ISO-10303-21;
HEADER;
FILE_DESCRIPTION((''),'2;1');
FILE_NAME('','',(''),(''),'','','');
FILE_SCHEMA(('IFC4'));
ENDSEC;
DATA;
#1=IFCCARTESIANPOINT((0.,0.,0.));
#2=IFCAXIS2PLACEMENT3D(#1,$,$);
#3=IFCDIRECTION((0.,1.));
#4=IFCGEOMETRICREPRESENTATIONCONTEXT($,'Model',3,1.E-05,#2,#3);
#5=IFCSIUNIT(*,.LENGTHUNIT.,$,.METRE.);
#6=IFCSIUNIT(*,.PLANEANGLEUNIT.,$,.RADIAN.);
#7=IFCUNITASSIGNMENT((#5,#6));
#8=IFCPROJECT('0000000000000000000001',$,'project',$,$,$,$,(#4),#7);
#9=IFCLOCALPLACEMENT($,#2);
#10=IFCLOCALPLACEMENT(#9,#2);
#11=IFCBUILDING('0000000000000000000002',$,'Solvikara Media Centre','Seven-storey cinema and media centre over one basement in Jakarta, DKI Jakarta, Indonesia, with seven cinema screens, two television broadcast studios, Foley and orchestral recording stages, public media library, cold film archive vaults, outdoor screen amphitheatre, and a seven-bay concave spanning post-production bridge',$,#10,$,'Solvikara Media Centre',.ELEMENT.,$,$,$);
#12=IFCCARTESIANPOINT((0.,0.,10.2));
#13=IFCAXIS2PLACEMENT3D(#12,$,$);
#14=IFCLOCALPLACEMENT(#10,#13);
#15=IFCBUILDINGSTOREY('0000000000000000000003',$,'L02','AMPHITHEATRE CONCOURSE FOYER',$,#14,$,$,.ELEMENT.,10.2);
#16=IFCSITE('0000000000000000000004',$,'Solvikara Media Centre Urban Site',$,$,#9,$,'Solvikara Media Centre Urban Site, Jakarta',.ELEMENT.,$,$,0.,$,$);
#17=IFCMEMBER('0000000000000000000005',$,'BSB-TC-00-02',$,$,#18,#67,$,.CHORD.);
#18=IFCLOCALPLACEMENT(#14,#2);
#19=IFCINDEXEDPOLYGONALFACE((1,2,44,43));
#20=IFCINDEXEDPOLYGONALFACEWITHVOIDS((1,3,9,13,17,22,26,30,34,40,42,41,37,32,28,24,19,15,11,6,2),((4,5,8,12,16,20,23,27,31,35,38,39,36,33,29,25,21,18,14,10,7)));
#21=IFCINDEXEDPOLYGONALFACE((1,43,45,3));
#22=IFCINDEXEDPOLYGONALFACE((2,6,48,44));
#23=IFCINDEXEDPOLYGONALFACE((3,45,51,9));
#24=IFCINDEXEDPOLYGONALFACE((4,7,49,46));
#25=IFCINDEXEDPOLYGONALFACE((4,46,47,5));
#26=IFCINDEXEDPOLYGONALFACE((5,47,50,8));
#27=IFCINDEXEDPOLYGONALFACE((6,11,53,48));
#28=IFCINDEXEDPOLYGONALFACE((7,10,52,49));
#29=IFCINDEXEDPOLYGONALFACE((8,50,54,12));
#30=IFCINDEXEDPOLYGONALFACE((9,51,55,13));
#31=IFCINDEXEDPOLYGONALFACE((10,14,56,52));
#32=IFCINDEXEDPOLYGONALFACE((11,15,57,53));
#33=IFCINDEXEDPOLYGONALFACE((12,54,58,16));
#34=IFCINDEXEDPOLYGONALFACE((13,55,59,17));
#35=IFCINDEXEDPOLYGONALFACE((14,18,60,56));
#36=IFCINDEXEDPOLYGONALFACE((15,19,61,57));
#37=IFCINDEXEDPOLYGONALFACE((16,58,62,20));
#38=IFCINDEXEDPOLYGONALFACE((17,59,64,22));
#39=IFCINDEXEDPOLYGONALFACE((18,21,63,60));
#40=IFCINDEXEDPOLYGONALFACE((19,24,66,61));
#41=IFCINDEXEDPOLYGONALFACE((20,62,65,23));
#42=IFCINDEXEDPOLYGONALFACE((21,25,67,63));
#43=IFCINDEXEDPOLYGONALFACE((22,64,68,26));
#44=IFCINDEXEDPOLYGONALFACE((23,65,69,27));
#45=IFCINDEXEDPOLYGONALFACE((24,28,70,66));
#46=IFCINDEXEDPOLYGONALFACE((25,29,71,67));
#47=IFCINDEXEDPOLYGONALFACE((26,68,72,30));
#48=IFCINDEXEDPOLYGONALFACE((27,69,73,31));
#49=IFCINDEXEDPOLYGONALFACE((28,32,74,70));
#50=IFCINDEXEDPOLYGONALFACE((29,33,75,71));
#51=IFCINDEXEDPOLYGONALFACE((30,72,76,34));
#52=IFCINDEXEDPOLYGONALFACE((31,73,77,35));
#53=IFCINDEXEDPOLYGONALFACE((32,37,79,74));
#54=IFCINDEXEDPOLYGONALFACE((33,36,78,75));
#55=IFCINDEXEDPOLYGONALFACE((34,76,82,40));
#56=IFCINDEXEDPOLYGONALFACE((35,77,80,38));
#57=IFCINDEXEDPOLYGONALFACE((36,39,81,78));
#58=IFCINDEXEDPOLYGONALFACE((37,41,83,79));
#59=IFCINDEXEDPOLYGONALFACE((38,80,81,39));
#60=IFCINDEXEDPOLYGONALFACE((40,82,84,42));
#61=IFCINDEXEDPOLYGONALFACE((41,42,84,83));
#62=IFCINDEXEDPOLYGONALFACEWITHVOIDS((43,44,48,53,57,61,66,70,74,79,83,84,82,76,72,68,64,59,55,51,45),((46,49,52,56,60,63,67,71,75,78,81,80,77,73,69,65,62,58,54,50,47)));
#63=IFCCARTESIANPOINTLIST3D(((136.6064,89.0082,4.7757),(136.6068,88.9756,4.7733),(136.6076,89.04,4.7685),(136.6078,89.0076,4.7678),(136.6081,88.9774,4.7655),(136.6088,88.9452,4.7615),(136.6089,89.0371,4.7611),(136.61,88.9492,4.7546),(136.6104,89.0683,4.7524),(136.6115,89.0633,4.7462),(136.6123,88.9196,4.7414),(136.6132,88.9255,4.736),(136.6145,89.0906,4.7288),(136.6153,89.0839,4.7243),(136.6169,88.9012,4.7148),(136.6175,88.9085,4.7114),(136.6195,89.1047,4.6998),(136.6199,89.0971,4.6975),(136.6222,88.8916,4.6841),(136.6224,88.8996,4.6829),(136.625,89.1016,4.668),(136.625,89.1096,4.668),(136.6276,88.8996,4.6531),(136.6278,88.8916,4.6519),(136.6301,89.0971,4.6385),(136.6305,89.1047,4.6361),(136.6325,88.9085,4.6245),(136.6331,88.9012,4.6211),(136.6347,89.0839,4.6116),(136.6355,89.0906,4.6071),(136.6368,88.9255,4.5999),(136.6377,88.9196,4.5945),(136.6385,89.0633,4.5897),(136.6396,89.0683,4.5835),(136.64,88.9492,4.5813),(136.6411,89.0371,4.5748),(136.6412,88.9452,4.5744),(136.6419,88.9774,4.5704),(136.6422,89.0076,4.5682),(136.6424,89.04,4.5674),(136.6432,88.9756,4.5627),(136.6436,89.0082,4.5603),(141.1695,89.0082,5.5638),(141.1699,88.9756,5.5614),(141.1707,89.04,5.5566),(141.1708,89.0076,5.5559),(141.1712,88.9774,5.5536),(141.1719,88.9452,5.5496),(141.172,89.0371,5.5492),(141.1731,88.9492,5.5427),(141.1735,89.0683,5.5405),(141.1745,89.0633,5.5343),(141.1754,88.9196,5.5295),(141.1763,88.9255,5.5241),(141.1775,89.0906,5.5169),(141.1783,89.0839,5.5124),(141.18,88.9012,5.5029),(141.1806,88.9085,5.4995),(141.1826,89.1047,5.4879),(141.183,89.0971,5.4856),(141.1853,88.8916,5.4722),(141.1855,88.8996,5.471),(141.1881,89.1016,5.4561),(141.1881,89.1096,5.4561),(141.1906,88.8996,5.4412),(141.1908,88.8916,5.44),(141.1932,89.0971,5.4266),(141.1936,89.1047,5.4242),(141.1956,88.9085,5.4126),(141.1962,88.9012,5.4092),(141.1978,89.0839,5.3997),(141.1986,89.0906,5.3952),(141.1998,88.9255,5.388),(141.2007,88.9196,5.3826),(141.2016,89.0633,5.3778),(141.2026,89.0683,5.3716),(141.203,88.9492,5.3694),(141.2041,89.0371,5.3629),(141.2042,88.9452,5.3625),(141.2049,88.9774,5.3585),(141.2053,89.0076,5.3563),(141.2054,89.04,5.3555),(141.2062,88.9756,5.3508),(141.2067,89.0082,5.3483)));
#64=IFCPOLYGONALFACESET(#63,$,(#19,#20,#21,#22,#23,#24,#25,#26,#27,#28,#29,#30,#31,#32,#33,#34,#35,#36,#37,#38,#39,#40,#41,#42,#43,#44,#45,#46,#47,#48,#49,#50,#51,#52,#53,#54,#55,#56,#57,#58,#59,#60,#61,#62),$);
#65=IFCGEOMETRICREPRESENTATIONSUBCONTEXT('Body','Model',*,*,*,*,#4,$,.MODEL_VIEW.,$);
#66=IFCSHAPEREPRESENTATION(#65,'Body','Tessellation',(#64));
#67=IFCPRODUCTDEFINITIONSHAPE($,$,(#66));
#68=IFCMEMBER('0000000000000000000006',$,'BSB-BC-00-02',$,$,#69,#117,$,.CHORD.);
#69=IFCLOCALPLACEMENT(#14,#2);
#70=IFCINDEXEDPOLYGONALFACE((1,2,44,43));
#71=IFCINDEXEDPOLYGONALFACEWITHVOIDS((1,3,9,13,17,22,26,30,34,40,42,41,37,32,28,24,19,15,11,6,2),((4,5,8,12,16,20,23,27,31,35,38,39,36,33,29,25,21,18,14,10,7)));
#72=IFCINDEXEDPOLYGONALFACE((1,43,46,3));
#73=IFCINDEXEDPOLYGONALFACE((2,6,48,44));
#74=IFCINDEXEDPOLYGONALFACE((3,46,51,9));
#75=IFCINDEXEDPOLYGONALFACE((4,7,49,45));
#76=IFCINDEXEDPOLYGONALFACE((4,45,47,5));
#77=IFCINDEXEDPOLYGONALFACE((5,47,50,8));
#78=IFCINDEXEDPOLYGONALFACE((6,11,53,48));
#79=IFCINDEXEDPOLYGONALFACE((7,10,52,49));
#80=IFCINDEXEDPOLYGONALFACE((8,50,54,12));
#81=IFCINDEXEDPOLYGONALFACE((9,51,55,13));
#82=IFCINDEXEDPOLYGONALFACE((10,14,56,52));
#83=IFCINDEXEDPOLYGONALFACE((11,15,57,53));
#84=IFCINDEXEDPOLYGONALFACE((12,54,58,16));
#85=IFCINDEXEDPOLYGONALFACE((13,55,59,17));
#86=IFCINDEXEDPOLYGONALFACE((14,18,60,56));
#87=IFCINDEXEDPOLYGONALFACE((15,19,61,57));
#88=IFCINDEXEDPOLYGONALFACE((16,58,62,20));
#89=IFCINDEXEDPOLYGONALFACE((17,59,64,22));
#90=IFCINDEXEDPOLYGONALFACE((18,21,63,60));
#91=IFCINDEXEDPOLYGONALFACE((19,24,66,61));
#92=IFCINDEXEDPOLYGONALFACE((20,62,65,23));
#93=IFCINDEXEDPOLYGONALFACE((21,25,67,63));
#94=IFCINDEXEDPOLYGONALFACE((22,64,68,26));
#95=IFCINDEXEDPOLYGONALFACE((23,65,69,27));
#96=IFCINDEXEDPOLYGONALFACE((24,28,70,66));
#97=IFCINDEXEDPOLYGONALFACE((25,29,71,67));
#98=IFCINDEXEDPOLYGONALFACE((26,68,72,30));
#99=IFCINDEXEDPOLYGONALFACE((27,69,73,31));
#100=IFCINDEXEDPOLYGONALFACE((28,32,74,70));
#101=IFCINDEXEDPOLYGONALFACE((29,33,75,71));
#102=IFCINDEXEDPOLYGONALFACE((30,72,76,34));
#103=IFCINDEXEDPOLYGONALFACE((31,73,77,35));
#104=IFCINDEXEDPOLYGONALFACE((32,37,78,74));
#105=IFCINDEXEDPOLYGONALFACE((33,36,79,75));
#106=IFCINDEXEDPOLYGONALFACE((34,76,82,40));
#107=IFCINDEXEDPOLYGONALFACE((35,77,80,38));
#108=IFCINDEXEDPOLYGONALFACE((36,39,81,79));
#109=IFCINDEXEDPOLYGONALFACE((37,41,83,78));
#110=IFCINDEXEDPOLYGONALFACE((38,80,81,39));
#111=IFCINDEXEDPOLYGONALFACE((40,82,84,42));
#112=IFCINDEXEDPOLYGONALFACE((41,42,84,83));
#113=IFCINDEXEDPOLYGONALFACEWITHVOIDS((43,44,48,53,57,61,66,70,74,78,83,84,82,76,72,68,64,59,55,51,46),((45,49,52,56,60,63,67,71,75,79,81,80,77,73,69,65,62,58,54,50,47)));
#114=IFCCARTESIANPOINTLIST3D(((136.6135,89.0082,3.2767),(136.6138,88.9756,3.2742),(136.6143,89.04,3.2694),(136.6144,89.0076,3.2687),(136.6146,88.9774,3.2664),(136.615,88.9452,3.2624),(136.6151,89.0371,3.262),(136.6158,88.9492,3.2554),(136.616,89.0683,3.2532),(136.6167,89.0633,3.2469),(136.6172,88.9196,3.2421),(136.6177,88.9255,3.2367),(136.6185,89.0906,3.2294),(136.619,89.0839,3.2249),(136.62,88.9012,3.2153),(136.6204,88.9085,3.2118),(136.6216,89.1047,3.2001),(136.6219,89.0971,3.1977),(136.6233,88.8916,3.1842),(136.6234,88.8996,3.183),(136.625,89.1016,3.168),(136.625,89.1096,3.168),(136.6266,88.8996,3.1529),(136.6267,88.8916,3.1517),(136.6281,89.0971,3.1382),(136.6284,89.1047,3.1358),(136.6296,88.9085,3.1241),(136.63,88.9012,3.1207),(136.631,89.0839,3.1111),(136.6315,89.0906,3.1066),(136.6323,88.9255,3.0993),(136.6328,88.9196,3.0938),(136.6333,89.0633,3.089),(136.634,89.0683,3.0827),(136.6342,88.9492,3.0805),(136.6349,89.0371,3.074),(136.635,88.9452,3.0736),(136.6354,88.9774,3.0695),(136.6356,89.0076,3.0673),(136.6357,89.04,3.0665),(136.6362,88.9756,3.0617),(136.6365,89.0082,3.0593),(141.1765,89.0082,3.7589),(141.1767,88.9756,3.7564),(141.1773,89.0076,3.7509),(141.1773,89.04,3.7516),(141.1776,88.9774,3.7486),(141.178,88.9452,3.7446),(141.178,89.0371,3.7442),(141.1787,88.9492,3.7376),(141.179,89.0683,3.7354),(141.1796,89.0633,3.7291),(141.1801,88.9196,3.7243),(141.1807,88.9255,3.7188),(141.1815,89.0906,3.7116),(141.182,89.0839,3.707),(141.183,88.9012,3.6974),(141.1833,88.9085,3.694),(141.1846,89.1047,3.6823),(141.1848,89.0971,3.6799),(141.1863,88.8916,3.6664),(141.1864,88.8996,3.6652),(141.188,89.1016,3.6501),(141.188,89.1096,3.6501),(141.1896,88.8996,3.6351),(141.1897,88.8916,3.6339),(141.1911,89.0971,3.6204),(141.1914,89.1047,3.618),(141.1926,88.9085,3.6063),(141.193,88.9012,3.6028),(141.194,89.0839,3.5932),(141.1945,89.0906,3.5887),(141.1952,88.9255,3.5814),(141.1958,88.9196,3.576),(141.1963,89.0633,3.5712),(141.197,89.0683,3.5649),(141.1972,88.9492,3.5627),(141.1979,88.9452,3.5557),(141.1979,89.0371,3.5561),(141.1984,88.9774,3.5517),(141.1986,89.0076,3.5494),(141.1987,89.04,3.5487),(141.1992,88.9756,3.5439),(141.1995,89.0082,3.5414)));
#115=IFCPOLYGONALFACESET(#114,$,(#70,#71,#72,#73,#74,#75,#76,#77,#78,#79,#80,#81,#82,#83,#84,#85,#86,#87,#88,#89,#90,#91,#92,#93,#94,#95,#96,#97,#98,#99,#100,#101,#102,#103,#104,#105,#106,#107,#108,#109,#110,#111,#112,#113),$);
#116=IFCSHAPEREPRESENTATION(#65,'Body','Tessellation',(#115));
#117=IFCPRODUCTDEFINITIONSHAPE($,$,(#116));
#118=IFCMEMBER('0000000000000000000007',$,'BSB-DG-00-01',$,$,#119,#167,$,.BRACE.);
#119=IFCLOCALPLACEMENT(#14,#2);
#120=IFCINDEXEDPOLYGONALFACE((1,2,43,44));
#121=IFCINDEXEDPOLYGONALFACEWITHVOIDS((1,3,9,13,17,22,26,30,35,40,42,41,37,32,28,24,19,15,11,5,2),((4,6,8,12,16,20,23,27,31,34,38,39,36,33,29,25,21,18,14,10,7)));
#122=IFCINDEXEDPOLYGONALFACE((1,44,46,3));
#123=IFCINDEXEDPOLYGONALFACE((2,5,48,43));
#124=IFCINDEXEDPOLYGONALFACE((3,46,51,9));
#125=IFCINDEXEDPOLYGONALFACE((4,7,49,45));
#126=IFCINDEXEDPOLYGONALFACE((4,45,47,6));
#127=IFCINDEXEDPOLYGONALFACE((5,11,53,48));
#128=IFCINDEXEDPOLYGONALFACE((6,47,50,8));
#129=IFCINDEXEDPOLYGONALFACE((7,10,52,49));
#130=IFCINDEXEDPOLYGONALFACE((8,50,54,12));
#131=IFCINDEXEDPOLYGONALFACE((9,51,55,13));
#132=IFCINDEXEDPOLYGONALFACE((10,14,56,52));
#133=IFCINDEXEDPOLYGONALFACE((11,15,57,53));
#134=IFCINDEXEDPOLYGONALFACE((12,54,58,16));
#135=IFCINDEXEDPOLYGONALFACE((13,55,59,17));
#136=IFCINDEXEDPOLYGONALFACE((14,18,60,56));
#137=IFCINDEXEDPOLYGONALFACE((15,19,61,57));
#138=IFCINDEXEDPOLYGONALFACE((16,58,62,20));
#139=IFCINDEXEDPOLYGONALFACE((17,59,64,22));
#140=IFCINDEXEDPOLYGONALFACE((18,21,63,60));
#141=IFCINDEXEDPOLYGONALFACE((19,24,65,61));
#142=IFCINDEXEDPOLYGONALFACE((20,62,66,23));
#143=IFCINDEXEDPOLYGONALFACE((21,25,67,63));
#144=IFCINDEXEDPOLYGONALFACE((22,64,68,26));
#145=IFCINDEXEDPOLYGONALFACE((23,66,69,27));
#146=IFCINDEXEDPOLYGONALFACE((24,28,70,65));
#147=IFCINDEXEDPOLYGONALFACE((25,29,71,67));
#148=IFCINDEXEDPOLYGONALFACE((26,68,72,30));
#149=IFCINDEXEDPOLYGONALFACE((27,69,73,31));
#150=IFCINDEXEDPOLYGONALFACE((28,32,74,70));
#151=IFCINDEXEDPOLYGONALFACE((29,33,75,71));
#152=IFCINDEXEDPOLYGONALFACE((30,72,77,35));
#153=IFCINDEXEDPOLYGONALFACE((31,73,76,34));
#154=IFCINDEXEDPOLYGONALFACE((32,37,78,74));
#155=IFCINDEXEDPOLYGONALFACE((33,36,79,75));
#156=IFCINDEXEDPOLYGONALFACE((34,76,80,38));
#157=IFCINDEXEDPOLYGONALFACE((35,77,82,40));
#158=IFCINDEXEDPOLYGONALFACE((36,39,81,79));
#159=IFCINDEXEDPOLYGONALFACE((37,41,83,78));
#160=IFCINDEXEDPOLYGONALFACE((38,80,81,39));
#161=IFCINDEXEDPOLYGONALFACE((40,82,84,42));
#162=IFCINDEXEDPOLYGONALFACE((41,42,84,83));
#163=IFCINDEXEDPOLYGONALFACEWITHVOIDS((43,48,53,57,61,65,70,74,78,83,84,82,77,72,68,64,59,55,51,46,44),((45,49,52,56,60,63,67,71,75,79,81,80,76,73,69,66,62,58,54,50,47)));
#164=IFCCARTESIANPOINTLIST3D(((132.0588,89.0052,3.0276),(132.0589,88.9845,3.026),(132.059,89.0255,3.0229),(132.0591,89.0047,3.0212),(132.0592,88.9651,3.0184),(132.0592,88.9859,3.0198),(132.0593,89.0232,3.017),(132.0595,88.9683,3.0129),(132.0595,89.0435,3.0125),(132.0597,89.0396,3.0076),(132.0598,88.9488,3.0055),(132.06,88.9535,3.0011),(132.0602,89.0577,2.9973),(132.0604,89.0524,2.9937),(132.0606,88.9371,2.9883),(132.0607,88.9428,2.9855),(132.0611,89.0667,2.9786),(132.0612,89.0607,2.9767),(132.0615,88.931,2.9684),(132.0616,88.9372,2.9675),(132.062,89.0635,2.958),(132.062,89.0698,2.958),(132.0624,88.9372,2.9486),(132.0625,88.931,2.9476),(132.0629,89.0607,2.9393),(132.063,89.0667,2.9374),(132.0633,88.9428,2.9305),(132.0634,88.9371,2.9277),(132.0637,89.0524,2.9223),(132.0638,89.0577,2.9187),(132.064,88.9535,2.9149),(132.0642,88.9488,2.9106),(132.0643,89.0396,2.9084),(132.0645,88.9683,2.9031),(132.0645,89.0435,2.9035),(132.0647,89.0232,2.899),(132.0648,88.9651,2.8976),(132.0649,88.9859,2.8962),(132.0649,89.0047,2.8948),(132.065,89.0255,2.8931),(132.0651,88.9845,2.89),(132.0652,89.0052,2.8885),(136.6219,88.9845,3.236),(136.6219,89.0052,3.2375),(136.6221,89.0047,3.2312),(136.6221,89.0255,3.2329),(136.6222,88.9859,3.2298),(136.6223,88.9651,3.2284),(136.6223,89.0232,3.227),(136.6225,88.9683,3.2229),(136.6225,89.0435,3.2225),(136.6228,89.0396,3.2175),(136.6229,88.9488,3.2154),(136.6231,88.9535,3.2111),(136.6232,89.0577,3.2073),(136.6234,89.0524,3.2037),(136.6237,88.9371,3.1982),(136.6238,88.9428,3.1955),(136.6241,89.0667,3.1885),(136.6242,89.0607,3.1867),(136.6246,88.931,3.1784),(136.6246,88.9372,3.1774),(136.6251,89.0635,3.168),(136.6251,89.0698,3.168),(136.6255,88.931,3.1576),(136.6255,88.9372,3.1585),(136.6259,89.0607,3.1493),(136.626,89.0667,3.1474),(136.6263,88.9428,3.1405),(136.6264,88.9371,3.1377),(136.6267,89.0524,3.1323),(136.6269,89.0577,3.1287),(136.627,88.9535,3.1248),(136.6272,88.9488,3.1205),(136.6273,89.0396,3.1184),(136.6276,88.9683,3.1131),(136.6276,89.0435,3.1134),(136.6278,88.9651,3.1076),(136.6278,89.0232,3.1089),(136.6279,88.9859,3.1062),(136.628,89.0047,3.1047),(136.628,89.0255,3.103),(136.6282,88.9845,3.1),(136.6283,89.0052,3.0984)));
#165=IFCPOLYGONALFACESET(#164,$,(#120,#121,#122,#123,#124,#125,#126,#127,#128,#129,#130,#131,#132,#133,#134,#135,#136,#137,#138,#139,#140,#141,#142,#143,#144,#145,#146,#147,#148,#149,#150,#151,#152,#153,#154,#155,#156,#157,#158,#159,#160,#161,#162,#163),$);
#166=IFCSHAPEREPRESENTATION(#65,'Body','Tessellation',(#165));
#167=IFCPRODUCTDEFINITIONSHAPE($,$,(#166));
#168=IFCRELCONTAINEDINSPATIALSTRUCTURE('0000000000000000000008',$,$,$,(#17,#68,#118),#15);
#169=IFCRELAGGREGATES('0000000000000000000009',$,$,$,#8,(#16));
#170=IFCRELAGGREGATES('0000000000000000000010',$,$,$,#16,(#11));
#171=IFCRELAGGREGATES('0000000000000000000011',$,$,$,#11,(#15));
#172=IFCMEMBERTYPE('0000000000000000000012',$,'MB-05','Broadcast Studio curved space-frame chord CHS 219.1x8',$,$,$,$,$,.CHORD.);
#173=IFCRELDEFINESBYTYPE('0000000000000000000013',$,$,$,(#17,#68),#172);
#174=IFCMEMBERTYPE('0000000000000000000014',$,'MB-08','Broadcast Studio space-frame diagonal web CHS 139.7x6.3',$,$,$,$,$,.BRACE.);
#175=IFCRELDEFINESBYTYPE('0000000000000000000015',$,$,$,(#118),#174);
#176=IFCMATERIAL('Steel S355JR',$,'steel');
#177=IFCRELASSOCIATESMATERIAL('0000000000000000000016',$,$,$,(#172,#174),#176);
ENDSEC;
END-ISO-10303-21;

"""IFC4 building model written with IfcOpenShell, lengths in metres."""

from ifc_helpers import new_model, si_unit, direction, frame, origin, origin_2d, place, context, subcontext, project, spatial, hollow_circle, extrude, material, material_profile, profile_set, type_object, element, save


model = new_model("IFC4")

# Units and contexts
model_context = context("Model", 3, precision=1e-05, world=origin(), true_north=direction((0.0, 1.0)))
body_context = subcontext(model_context, "Body", "Model", "MODEL_VIEW")
ifc_project = project(units=[si_unit("LENGTHUNIT", "METRE"), si_unit("PLANEANGLEUNIT", "RADIAN")], contexts=[model_context])

# Site, building, storey
site_placement = place(None, origin())
site = spatial("IfcSite", under=ifc_project, at=site_placement, Name="Solvikara Media Centre Urban Site", LongName="Solvikara Media Centre Urban Site, Jakarta", CompositionType="ELEMENT", RefElevation=0.0)
building_placement = place(site_placement, origin())
building = spatial("IfcBuilding", under=site, at=building_placement, Name="Solvikara Media Centre", Description="Seven-storey cinema and media centre over one basement in Jakarta, DKI Jakarta, Indonesia, with seven cinema screens, two television broadcast studios, Foley and orchestral recording stages, public media library, cold film archive vaults, outdoor screen amphitheatre, and a seven-bay concave spanning post-production bridge", LongName="Solvikara Media Centre", CompositionType="ELEMENT")
storey_placement = place(building_placement, frame((0.0, 0.0, 10.2)))
storey = spatial("IfcBuildingStorey", under=building, at=storey_placement, Name="L02", Description="AMPHITHEATRE CONCOURSE FOYER", CompositionType="ELEMENT", Elevation=10.2)

# Shared definitions
ifc_material_1 = material(Name="Steel S355JR", Category="steel")

# Members
ifc_material_profile_1 = material_profile(ifc_material_1, hollow_circle(Radius=0.1096, WallThickness=0.0081, at=origin_2d()), Name="CHS 219.1x8")
ifc_profile_set_1 = profile_set([ifc_material_profile_1], Name="Steel S355JR")
member_type_1 = type_object("IfcMemberType", Name="MB-05", Description="Broadcast Studio curved space-frame chord CHS 219.1x8", PredefinedType="CHORD", material=ifc_profile_set_1)
member_1_placement = place(storey_placement, frame((136.625, 89.0, 4.668), z_axis=(0.985411, 0.0, 0.170193), x_axis=(0.0, 1.0, 0.0)))
element("IfcMember", 1, at=member_1_placement, inside=storey, type_object=member_type_1, Name="BSB-TC-00-02", PredefinedType="CHORD", context=body_context, shape_type="SweptSolid", body=[
    extrude(hollow_circle(Radius=0.1096, WallThickness=0.0081, at=origin_2d()), origin(), (0.0, 0.0, 1.0), 4.6306),
])
member_2_placement = place(storey_placement, frame((136.625, 89.0, 3.168), z_axis=(0.994463, 0.0, 0.105086), x_axis=(0.0, 1.0, 0.0)))
element("IfcMember", 2, at=member_2_placement, inside=storey, type_object=member_type_1, Name="BSB-BC-00-02", PredefinedType="CHORD", context=body_context, shape_type="SweptSolid", body=[
    extrude(hollow_circle(Radius=0.1096, WallThickness=0.0081, at=origin_2d()), origin(), (0.0, 0.0, 1.0), 4.5884),
])
ifc_material_profile_2 = material_profile(ifc_material_1, hollow_circle(Radius=0.0698, WallThickness=0.0063, at=origin_2d()), Name="CHS 139.7x6.3")
ifc_profile_set_2 = profile_set([ifc_material_profile_2], Name="Steel S355JR")
member_type_2 = type_object("IfcMemberType", Name="MB-08", Description="Broadcast Studio space-frame diagonal web CHS 139.7x6.3", PredefinedType="BRACE", material=ifc_profile_set_2)
member_3_placement = place(storey_placement, frame((132.062, 89.0, 2.958), z_axis=(0.998943, 0.0, 0.045965), x_axis=(0.0, 1.0, 0.0)))
element("IfcMember", 3, at=member_3_placement, inside=storey, type_object=member_type_2, Name="BSB-DG-00-01", PredefinedType="BRACE", context=body_context, shape_type="SweptSolid", body=[
    extrude(hollow_circle(Radius=0.0698, WallThickness=0.0063, at=origin_2d()), origin(), (0.0, 0.0, 1.0), 4.5679),
])

save(model, "model.ifc")
